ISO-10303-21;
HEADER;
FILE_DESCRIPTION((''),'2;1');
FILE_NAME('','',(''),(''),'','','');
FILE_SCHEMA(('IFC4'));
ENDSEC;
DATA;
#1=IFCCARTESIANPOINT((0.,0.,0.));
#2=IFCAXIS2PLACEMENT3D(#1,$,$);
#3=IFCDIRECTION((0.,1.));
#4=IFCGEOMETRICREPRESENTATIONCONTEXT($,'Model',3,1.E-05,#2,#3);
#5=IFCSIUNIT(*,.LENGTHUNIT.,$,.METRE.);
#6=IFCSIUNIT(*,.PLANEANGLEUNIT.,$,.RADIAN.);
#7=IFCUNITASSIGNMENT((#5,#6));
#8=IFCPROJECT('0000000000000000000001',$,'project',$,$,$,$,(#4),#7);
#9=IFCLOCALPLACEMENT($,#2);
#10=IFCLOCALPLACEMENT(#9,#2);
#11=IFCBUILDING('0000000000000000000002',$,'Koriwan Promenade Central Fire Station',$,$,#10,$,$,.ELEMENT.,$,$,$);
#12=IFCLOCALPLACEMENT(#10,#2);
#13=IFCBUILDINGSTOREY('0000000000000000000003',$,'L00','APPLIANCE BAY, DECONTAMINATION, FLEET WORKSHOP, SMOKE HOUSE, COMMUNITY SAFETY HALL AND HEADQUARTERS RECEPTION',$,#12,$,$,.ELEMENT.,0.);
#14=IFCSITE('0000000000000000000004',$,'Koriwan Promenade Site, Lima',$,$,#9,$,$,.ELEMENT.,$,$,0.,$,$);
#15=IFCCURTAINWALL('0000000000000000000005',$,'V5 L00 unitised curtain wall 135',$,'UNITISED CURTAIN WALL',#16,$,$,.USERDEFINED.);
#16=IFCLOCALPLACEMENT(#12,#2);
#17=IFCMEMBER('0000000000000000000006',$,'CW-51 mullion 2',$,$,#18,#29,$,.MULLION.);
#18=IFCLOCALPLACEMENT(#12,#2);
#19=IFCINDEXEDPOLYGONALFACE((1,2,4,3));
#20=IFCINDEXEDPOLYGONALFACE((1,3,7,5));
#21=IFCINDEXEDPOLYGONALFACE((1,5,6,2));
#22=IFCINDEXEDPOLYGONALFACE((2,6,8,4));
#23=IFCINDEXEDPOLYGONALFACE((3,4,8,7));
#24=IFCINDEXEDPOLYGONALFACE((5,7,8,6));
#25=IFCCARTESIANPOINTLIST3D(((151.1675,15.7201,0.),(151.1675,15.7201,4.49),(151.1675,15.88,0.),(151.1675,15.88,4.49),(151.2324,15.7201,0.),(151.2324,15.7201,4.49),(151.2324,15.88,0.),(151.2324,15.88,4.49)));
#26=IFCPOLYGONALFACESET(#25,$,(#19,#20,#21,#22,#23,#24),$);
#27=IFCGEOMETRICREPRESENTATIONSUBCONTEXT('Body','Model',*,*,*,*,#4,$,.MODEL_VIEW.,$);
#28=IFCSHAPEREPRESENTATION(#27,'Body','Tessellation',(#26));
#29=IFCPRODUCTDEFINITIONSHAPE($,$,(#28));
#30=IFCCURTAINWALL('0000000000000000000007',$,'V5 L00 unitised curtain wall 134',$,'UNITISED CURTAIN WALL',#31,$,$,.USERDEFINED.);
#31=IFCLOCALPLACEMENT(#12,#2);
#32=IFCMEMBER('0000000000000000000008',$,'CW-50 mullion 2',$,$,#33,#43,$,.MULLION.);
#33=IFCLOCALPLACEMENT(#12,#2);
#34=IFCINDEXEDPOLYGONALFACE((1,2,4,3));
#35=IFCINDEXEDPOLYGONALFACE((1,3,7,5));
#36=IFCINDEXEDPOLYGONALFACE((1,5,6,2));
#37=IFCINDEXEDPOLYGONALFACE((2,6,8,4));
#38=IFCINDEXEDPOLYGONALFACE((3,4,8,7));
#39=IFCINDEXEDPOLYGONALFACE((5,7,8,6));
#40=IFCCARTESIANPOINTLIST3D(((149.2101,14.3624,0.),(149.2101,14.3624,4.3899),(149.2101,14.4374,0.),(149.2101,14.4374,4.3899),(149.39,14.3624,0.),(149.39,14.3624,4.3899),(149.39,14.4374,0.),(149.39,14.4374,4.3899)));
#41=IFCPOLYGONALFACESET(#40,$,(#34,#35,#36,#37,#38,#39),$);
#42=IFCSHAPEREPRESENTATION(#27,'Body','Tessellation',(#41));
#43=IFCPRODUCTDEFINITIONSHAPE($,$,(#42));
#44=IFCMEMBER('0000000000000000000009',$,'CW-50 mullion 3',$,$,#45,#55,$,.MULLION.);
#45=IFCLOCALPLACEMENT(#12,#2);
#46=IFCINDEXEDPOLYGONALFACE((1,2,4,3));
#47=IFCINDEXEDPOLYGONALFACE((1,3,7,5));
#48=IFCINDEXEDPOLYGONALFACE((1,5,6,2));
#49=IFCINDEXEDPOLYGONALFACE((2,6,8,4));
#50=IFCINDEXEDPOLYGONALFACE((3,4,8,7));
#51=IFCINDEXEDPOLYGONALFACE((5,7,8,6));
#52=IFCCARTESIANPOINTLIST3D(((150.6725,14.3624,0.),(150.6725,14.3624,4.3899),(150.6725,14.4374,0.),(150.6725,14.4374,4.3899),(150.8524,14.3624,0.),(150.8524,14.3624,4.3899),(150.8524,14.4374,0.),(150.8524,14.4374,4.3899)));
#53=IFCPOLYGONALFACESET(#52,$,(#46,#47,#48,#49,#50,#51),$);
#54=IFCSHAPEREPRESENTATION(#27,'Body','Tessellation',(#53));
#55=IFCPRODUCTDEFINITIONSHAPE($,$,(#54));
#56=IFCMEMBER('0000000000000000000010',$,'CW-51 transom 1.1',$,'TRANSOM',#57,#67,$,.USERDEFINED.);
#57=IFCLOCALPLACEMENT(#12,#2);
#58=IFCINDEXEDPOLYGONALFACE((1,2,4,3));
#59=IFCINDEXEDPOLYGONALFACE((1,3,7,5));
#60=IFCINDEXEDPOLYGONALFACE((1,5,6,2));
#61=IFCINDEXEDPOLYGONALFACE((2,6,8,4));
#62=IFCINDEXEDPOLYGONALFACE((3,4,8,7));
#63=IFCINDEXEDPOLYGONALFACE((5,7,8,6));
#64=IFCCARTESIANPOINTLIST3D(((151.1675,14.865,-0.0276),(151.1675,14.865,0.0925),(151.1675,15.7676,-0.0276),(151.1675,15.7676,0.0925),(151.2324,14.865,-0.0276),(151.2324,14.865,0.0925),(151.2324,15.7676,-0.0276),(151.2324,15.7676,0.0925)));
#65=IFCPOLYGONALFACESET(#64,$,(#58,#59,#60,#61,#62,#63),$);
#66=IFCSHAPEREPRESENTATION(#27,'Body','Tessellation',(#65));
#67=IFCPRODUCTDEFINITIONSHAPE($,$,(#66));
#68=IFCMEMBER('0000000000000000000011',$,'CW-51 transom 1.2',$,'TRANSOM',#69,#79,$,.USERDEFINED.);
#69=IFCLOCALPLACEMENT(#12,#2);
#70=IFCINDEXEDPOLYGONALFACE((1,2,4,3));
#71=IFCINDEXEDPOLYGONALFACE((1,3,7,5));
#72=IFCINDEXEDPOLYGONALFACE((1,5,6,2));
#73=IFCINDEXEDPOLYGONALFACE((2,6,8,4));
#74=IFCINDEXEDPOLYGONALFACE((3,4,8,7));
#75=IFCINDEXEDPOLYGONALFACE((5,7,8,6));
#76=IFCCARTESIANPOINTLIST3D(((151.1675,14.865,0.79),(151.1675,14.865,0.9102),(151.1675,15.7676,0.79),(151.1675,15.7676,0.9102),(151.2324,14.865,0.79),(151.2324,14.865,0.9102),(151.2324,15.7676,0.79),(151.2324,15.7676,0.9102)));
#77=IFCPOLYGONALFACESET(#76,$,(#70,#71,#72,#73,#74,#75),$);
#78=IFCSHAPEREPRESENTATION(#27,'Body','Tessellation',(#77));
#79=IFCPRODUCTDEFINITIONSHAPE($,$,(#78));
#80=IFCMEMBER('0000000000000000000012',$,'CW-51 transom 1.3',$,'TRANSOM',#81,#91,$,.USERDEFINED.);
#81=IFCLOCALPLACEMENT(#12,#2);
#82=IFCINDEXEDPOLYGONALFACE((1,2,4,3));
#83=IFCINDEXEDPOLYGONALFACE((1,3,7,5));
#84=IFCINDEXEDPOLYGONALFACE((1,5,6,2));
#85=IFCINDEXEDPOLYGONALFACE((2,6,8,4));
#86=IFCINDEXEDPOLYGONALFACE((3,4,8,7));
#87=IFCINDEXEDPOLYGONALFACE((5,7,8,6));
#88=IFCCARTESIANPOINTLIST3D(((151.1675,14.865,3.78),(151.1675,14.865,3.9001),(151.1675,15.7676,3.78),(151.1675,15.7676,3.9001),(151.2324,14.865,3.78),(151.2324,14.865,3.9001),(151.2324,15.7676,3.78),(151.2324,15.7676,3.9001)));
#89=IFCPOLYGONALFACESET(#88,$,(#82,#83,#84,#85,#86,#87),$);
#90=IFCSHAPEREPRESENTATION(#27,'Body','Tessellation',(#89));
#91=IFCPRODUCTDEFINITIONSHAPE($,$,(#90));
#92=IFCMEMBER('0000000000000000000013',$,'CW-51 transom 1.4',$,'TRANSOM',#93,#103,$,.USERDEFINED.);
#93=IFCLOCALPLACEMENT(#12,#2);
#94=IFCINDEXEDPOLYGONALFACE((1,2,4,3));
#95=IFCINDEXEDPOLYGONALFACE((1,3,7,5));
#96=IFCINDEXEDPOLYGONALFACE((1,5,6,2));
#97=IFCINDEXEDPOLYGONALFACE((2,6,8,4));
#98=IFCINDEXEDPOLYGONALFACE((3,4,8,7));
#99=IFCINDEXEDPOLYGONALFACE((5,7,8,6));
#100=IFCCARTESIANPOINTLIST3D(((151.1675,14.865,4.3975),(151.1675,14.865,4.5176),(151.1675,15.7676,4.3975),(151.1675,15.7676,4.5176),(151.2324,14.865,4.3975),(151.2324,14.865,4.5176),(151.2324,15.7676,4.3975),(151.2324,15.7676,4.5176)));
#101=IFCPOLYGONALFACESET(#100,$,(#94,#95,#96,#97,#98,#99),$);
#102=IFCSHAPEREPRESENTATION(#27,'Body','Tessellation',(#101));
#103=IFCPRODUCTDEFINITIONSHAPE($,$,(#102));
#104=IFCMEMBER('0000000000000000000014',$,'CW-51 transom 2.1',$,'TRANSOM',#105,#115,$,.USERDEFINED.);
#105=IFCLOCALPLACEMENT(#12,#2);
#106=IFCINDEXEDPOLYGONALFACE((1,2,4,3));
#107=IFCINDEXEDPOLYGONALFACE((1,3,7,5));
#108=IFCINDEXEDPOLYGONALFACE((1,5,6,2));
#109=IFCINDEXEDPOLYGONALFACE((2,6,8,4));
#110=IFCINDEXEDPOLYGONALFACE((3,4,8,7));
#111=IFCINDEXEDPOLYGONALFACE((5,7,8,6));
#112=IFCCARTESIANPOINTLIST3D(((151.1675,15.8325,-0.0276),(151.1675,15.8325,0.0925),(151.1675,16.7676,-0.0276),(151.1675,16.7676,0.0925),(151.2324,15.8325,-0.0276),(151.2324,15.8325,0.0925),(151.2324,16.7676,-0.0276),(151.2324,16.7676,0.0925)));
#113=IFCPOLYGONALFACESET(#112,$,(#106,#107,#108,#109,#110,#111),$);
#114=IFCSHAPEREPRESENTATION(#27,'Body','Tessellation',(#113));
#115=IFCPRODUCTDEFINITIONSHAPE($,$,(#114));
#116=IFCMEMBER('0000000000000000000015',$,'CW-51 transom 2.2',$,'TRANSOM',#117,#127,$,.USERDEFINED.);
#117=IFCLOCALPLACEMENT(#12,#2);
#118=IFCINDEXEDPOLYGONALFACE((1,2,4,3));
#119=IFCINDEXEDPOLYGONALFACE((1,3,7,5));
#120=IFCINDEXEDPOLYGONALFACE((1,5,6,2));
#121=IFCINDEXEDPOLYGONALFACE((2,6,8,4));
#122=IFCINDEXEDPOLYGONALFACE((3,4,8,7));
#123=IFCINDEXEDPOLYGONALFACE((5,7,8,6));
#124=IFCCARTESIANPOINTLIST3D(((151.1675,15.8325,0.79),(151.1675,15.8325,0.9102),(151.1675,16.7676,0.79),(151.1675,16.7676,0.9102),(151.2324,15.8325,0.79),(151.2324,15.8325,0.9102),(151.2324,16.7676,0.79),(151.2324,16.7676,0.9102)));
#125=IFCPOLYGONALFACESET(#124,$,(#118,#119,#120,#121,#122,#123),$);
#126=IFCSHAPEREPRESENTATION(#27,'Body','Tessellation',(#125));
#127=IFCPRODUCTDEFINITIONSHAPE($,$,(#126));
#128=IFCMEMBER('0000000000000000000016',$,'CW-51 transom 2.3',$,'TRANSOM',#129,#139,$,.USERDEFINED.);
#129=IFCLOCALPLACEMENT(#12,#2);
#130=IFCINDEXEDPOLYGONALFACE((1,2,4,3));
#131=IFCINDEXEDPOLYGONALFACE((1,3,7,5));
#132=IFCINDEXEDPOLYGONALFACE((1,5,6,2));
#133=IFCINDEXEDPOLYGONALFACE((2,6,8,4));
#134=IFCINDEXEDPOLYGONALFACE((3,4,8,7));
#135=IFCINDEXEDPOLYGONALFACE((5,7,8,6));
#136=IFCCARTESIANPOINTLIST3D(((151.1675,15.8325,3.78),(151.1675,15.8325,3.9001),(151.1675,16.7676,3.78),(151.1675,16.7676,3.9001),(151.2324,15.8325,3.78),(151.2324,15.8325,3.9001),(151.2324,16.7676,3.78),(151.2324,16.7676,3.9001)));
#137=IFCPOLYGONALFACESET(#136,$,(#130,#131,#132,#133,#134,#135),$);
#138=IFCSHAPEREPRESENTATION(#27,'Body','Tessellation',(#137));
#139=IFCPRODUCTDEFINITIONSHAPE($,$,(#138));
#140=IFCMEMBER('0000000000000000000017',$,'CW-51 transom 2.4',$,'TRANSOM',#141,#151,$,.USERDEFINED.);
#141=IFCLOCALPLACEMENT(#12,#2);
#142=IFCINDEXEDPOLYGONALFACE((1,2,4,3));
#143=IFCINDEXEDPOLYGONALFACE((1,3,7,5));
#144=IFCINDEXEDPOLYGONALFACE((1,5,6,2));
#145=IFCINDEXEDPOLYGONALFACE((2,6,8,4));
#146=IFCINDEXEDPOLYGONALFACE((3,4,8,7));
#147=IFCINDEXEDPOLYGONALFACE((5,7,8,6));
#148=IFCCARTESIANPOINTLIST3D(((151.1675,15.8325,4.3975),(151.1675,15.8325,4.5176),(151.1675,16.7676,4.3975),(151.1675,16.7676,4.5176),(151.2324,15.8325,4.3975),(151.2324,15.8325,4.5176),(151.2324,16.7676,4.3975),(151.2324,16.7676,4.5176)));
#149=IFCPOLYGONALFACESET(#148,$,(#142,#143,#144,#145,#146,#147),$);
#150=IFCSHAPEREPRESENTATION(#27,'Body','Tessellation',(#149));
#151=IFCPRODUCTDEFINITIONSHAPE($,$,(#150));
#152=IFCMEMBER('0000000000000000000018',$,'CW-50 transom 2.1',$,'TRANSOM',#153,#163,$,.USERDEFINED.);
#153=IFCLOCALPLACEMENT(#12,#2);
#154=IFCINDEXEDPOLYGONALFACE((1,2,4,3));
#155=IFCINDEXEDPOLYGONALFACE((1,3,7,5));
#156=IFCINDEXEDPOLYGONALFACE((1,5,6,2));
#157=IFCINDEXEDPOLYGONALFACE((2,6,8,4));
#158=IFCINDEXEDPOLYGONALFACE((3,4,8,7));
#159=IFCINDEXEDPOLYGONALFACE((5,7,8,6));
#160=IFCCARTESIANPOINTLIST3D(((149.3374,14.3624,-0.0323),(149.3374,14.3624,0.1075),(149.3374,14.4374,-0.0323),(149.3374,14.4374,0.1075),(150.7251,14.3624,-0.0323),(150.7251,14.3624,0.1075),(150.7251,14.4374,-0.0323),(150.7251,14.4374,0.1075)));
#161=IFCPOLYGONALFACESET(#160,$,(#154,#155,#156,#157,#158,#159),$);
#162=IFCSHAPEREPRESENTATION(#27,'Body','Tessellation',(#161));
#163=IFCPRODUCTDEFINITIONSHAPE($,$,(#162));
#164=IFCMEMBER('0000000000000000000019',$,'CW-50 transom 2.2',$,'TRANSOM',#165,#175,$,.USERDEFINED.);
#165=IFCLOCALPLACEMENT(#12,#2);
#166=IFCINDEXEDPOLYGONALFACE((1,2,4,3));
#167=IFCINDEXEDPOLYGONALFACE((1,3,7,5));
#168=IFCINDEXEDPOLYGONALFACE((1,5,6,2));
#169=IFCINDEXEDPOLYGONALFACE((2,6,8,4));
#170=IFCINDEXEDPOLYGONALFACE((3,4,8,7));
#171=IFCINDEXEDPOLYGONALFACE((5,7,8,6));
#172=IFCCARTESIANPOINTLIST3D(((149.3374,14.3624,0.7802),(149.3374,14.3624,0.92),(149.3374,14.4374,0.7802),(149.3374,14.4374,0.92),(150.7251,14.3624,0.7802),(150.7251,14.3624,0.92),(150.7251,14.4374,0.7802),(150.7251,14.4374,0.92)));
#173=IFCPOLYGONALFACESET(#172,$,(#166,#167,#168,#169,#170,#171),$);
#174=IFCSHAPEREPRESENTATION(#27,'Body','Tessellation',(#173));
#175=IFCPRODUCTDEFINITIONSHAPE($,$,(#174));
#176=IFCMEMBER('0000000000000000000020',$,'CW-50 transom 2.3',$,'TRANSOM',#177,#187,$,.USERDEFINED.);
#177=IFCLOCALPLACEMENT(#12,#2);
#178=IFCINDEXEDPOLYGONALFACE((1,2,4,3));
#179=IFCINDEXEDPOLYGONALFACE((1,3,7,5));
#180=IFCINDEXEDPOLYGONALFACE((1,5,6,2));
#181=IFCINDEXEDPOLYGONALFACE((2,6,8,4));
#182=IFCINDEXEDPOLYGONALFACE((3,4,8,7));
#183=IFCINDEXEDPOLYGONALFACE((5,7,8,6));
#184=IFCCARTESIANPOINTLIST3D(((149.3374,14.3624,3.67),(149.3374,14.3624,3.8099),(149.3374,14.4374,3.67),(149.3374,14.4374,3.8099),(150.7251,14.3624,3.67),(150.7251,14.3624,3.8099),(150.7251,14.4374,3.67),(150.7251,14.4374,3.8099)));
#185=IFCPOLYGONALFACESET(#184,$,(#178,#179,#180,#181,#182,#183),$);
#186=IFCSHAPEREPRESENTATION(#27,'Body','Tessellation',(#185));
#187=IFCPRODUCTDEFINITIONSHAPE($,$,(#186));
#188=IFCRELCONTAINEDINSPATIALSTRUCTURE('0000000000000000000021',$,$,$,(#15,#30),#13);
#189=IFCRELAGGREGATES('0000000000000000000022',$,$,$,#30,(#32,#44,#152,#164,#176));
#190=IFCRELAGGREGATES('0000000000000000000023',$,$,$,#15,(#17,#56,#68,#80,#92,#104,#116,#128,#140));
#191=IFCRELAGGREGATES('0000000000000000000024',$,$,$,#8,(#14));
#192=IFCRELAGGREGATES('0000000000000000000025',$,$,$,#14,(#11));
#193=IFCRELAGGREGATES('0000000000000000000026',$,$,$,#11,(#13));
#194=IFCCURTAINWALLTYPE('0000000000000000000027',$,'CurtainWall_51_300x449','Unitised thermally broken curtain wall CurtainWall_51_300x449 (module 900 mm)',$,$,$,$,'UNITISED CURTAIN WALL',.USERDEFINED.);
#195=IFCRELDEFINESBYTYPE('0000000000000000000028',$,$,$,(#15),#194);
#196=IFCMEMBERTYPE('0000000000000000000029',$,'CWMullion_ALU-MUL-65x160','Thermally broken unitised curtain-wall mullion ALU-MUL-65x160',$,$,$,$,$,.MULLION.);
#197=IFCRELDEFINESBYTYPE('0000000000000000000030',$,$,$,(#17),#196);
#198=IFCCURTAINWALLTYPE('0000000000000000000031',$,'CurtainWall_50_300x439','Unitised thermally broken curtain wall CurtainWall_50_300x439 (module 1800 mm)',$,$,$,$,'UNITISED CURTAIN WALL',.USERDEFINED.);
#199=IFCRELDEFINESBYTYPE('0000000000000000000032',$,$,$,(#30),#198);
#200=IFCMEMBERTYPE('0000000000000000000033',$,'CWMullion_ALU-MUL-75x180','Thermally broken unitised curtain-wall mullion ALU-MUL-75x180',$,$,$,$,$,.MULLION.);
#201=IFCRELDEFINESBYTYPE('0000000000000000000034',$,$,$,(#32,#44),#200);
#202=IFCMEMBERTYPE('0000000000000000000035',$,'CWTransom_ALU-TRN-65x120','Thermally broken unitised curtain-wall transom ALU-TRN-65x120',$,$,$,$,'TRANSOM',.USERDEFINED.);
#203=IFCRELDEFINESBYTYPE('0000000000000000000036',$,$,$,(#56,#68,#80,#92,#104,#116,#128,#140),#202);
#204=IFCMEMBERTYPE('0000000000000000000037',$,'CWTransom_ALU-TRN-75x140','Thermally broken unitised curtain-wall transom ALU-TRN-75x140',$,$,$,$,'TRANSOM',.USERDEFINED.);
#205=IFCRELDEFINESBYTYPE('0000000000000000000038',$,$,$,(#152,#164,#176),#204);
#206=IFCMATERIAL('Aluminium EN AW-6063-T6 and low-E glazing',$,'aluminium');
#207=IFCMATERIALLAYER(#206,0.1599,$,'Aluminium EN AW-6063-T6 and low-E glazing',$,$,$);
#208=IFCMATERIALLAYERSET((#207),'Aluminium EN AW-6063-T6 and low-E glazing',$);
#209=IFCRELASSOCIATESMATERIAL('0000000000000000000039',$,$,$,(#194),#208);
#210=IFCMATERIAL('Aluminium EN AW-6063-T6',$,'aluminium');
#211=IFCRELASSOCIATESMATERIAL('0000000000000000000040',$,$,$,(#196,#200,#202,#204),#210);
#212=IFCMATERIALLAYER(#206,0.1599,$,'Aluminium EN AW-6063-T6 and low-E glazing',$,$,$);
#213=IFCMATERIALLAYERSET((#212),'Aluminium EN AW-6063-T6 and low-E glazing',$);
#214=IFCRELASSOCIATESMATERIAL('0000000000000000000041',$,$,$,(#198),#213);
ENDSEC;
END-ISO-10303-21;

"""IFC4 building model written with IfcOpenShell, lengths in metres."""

from ifc_helpers import new_model, si_unit, direction, frame, origin, origin_2d, place, context, subcontext, project, spatial, rectangle, extrude, material, layer, layer_set, material_profile, profile_set, type_object, element, aggregate, save


model = new_model("IFC4")

# Units and contexts
model_context = context("Model", 3, precision=1e-05, world=origin(), true_north=direction((0.0, 1.0)))
body_context = subcontext(model_context, "Body", "Model", "MODEL_VIEW")
ifc_project = project(units=[si_unit("LENGTHUNIT", "METRE"), si_unit("PLANEANGLEUNIT", "RADIAN")], contexts=[model_context])

# Site, building, storey
site_placement = place(None, origin())
site = spatial("IfcSite", under=ifc_project, at=site_placement, Name="Koriwan Promenade Site, Lima", CompositionType="ELEMENT", RefElevation=0.0)
building_placement = place(site_placement, origin())
building = spatial("IfcBuilding", under=site, at=building_placement, Name="Koriwan Promenade Central Fire Station", CompositionType="ELEMENT")
storey_placement = place(building_placement, origin())
storey = spatial("IfcBuildingStorey", under=building, at=storey_placement, Name="L00", Description="APPLIANCE BAY, DECONTAMINATION, FLEET WORKSHOP, SMOKE HOUSE, COMMUNITY SAFETY HALL AND HEADQUARTERS RECEPTION", CompositionType="ELEMENT", Elevation=0.0)

# Curtain walls, members
ifc_material_1 = material(Name="Aluminium EN AW-6063-T6 and low-E glazing", Category="aluminium")
ifc_layer_1 = layer(ifc_material_1, 0.1599, Name="Aluminium EN AW-6063-T6 and low-E glazing")
ifc_layer_set_1 = layer_set([ifc_layer_1], Name="Aluminium EN AW-6063-T6 and low-E glazing")
curtain_wall_type_1 = type_object("IfcCurtainWallType", Name="CurtainWall_51_300x449", Description="Unitised thermally broken curtain wall CurtainWall_51_300x449 (module 900 mm)", ElementType="UNITISED CURTAIN WALL", PredefinedType="USERDEFINED", material=ifc_layer_set_1)
curtain_wall_1_placement = place(storey_placement, origin())
curtain_wall_1 = element("IfcCurtainWall", 1, at=curtain_wall_1_placement, inside=storey, type_object=curtain_wall_type_1, Name="V5 L00 unitised curtain wall 135", ObjectType="UNITISED CURTAIN WALL", PredefinedType="USERDEFINED")
ifc_material_2 = material(Name="Aluminium EN AW-6063-T6", Category="aluminium")
ifc_material_profile_1 = material_profile(ifc_material_2, rectangle(XDim=0.0649, YDim=0.1599, at=origin_2d()), Name="ALU-MUL-65x160")
ifc_profile_set_1 = profile_set([ifc_material_profile_1], Name="Aluminium EN AW-6063-T6")
member_type_1 = type_object("IfcMemberType", Name="CWMullion_ALU-MUL-65x160", Description="Thermally broken unitised curtain-wall mullion ALU-MUL-65x160", PredefinedType="MULLION", material=ifc_profile_set_1)
member_1_placement = place(storey_placement, frame((151.2, 15.8, 0.0), z_axis=(0.0, 0.0, 1.0), x_axis=(-1.0, 0.0, 0.0)))
member_1 = element("IfcMember", 2, at=member_1_placement, type_object=member_type_1, Name="CW-51 mullion 2", PredefinedType="MULLION", context=body_context, shape_type="SweptSolid", body=[
    extrude(rectangle(XDim=0.0649, YDim=0.1599, at=origin_2d()), origin(), (0.0, 0.0, 1.0), 4.49),
])
ifc_layer_2 = layer(ifc_material_1, 0.1599, Name="Aluminium EN AW-6063-T6 and low-E glazing")
ifc_layer_set_2 = layer_set([ifc_layer_2], Name="Aluminium EN AW-6063-T6 and low-E glazing")
curtain_wall_type_2 = type_object("IfcCurtainWallType", Name="CurtainWall_50_300x439", Description="Unitised thermally broken curtain wall CurtainWall_50_300x439 (module 1800 mm)", ElementType="UNITISED CURTAIN WALL", PredefinedType="USERDEFINED", material=ifc_layer_set_2)
curtain_wall_2_placement = place(storey_placement, origin())
curtain_wall_2 = element("IfcCurtainWall", 3, at=curtain_wall_2_placement, inside=storey, type_object=curtain_wall_type_2, Name="V5 L00 unitised curtain wall 134", ObjectType="UNITISED CURTAIN WALL", PredefinedType="USERDEFINED")
ifc_material_profile_2 = material_profile(ifc_material_2, rectangle(XDim=0.075, YDim=0.1799, at=origin_2d()), Name="ALU-MUL-75x180")
ifc_profile_set_2 = profile_set([ifc_material_profile_2], Name="Aluminium EN AW-6063-T6")
member_type_2 = type_object("IfcMemberType", Name="CWMullion_ALU-MUL-75x180", Description="Thermally broken unitised curtain-wall mullion ALU-MUL-75x180", PredefinedType="MULLION", material=ifc_profile_set_2)
member_2_placement = place(storey_placement, frame((149.3, 14.3999, 0.0), z_axis=(0.0, 0.0, 1.0), x_axis=(0.0, 1.0, 0.0)))
member_2 = element("IfcMember", 4, at=member_2_placement, type_object=member_type_2, Name="CW-50 mullion 2", PredefinedType="MULLION", context=body_context, shape_type="SweptSolid", body=[
    extrude(rectangle(XDim=0.075, YDim=0.1799, at=origin_2d()), origin(), (0.0, 0.0, 1.0), 4.3899),
])
member_3_placement = place(storey_placement, frame((150.7625, 14.3999, 0.0), z_axis=(0.0, 0.0, 1.0), x_axis=(0.0, 1.0, 0.0)))
member_3 = element("IfcMember", 5, at=member_3_placement, type_object=member_type_2, Name="CW-50 mullion 3", PredefinedType="MULLION", context=body_context, shape_type="SweptSolid", body=[
    extrude(rectangle(XDim=0.075, YDim=0.1799, at=origin_2d()), origin(), (0.0, 0.0, 1.0), 4.3899),
])

# Members
ifc_material_profile_3 = material_profile(ifc_material_2, rectangle(XDim=0.0649, YDim=0.1201, at=origin_2d()), Name="ALU-TRN-65x120")
ifc_profile_set_3 = profile_set([ifc_material_profile_3], Name="Aluminium EN AW-6063-T6")
member_type_3 = type_object("IfcMemberType", Name="CWTransom_ALU-TRN-65x120", Description="Thermally broken unitised curtain-wall transom ALU-TRN-65x120", ElementType="TRANSOM", PredefinedType="USERDEFINED", material=ifc_profile_set_3)
member_4_placement = place(storey_placement, frame((151.2, 14.865, 0.0325), z_axis=(0.0, 1.0, 0.0), x_axis=(-1.0, 0.0, 0.0)))
member_4 = element("IfcMember", 6, at=member_4_placement, type_object=member_type_3, Name="CW-51 transom 1.1", ObjectType="TRANSOM", PredefinedType="USERDEFINED", context=body_context, shape_type="SweptSolid", body=[
    extrude(rectangle(XDim=0.0649, YDim=0.1201, at=origin_2d()), origin(), (0.0, 0.0, 1.0), 0.9026),
])
member_5_placement = place(storey_placement, frame((151.2, 14.865, 0.8501), z_axis=(0.0, 1.0, 0.0), x_axis=(-1.0, 0.0, 0.0)))
member_5 = element("IfcMember", 7, at=member_5_placement, type_object=member_type_3, Name="CW-51 transom 1.2", ObjectType="TRANSOM", PredefinedType="USERDEFINED", context=body_context, shape_type="SweptSolid", body=[
    extrude(rectangle(XDim=0.0649, YDim=0.1201, at=origin_2d()), origin(), (0.0, 0.0, 1.0), 0.9026),
])
member_6_placement = place(storey_placement, frame((151.2, 14.865, 3.8401), z_axis=(0.0, 1.0, 0.0), x_axis=(-1.0, 0.0, 0.0)))
member_6 = element("IfcMember", 8, at=member_6_placement, type_object=member_type_3, Name="CW-51 transom 1.3", ObjectType="TRANSOM", PredefinedType="USERDEFINED", context=body_context, shape_type="SweptSolid", body=[
    extrude(rectangle(XDim=0.0649, YDim=0.1201, at=origin_2d()), origin(), (0.0, 0.0, 1.0), 0.9026),
])
member_7_placement = place(storey_placement, frame((151.2, 14.865, 4.4575), z_axis=(0.0, 1.0, 0.0), x_axis=(-1.0, 0.0, 0.0)))
member_7 = element("IfcMember", 9, at=member_7_placement, type_object=member_type_3, Name="CW-51 transom 1.4", ObjectType="TRANSOM", PredefinedType="USERDEFINED", context=body_context, shape_type="SweptSolid", body=[
    extrude(rectangle(XDim=0.0649, YDim=0.1201, at=origin_2d()), origin(), (0.0, 0.0, 1.0), 0.9026),
])
member_8_placement = place(storey_placement, frame((151.2, 15.8325, 0.0325), z_axis=(0.0, 1.0, 0.0), x_axis=(-1.0, 0.0, 0.0)))
member_8 = element("IfcMember", 10, at=member_8_placement, type_object=member_type_3, Name="CW-51 transom 2.1", ObjectType="TRANSOM", PredefinedType="USERDEFINED", context=body_context, shape_type="SweptSolid", body=[
    extrude(rectangle(XDim=0.0649, YDim=0.1201, at=origin_2d()), origin(), (0.0, 0.0, 1.0), 0.9351),
])
member_9_placement = place(storey_placement, frame((151.2, 15.8325, 0.8501), z_axis=(0.0, 1.0, 0.0), x_axis=(-1.0, 0.0, 0.0)))
member_9 = element("IfcMember", 11, at=member_9_placement, type_object=member_type_3, Name="CW-51 transom 2.2", ObjectType="TRANSOM", PredefinedType="USERDEFINED", context=body_context, shape_type="SweptSolid", body=[
    extrude(rectangle(XDim=0.0649, YDim=0.1201, at=origin_2d()), origin(), (0.0, 0.0, 1.0), 0.9351),
])
member_10_placement = place(storey_placement, frame((151.2, 15.8325, 3.8401), z_axis=(0.0, 1.0, 0.0), x_axis=(-1.0, 0.0, 0.0)))
member_10 = element("IfcMember", 12, at=member_10_placement, type_object=member_type_3, Name="CW-51 transom 2.3", ObjectType="TRANSOM", PredefinedType="USERDEFINED", context=body_context, shape_type="SweptSolid", body=[
    extrude(rectangle(XDim=0.0649, YDim=0.1201, at=origin_2d()), origin(), (0.0, 0.0, 1.0), 0.9351),
])
member_11_placement = place(storey_placement, frame((151.2, 15.8325, 4.4575), z_axis=(0.0, 1.0, 0.0), x_axis=(-1.0, 0.0, 0.0)))
member_11 = element("IfcMember", 13, at=member_11_placement, type_object=member_type_3, Name="CW-51 transom 2.4", ObjectType="TRANSOM", PredefinedType="USERDEFINED", context=body_context, shape_type="SweptSolid", body=[
    extrude(rectangle(XDim=0.0649, YDim=0.1201, at=origin_2d()), origin(), (0.0, 0.0, 1.0), 0.9351),
])
ifc_material_profile_4 = material_profile(ifc_material_2, rectangle(XDim=0.075, YDim=0.1399, at=origin_2d()), Name="ALU-TRN-75x140")
ifc_profile_set_4 = profile_set([ifc_material_profile_4], Name="Aluminium EN AW-6063-T6")
member_type_4 = type_object("IfcMemberType", Name="CWTransom_ALU-TRN-75x140", Description="Thermally broken unitised curtain-wall transom ALU-TRN-75x140", ElementType="TRANSOM", PredefinedType="USERDEFINED", material=ifc_profile_set_4)
member_12_placement = place(storey_placement, frame((149.3374, 14.3999, 0.0376), z_axis=(1.0, 0.0, 0.0), x_axis=(0.0, 1.0, 0.0)))
member_12 = element("IfcMember", 14, at=member_12_placement, type_object=member_type_4, Name="CW-50 transom 2.1", ObjectType="TRANSOM", PredefinedType="USERDEFINED", context=body_context, shape_type="SweptSolid", body=[
    extrude(rectangle(XDim=0.075, YDim=0.1399, at=origin_2d()), origin(), (0.0, 0.0, 1.0), 1.3877),
])
member_13_placement = place(storey_placement, frame((149.3374, 14.3999, 0.8501), z_axis=(1.0, 0.0, 0.0), x_axis=(0.0, 1.0, 0.0)))
member_13 = element("IfcMember", 15, at=member_13_placement, type_object=member_type_4, Name="CW-50 transom 2.2", ObjectType="TRANSOM", PredefinedType="USERDEFINED", context=body_context, shape_type="SweptSolid", body=[
    extrude(rectangle(XDim=0.075, YDim=0.1399, at=origin_2d()), origin(), (0.0, 0.0, 1.0), 1.3877),
])
member_14_placement = place(storey_placement, frame((149.3374, 14.3999, 3.74), z_axis=(1.0, 0.0, 0.0), x_axis=(0.0, 1.0, 0.0)))
member_14 = element("IfcMember", 16, at=member_14_placement, type_object=member_type_4, Name="CW-50 transom 2.3", ObjectType="TRANSOM", PredefinedType="USERDEFINED", context=body_context, shape_type="SweptSolid", body=[
    extrude(rectangle(XDim=0.075, YDim=0.1399, at=origin_2d()), origin(), (0.0, 0.0, 1.0), 1.3877),
])

aggregate(curtain_wall_2, [member_2, member_3, member_12, member_13, member_14])
aggregate(curtain_wall_1, [member_1, member_4, member_5, member_6, member_7, member_8, member_9, member_10, member_11])

save(model, "model.ifc")
